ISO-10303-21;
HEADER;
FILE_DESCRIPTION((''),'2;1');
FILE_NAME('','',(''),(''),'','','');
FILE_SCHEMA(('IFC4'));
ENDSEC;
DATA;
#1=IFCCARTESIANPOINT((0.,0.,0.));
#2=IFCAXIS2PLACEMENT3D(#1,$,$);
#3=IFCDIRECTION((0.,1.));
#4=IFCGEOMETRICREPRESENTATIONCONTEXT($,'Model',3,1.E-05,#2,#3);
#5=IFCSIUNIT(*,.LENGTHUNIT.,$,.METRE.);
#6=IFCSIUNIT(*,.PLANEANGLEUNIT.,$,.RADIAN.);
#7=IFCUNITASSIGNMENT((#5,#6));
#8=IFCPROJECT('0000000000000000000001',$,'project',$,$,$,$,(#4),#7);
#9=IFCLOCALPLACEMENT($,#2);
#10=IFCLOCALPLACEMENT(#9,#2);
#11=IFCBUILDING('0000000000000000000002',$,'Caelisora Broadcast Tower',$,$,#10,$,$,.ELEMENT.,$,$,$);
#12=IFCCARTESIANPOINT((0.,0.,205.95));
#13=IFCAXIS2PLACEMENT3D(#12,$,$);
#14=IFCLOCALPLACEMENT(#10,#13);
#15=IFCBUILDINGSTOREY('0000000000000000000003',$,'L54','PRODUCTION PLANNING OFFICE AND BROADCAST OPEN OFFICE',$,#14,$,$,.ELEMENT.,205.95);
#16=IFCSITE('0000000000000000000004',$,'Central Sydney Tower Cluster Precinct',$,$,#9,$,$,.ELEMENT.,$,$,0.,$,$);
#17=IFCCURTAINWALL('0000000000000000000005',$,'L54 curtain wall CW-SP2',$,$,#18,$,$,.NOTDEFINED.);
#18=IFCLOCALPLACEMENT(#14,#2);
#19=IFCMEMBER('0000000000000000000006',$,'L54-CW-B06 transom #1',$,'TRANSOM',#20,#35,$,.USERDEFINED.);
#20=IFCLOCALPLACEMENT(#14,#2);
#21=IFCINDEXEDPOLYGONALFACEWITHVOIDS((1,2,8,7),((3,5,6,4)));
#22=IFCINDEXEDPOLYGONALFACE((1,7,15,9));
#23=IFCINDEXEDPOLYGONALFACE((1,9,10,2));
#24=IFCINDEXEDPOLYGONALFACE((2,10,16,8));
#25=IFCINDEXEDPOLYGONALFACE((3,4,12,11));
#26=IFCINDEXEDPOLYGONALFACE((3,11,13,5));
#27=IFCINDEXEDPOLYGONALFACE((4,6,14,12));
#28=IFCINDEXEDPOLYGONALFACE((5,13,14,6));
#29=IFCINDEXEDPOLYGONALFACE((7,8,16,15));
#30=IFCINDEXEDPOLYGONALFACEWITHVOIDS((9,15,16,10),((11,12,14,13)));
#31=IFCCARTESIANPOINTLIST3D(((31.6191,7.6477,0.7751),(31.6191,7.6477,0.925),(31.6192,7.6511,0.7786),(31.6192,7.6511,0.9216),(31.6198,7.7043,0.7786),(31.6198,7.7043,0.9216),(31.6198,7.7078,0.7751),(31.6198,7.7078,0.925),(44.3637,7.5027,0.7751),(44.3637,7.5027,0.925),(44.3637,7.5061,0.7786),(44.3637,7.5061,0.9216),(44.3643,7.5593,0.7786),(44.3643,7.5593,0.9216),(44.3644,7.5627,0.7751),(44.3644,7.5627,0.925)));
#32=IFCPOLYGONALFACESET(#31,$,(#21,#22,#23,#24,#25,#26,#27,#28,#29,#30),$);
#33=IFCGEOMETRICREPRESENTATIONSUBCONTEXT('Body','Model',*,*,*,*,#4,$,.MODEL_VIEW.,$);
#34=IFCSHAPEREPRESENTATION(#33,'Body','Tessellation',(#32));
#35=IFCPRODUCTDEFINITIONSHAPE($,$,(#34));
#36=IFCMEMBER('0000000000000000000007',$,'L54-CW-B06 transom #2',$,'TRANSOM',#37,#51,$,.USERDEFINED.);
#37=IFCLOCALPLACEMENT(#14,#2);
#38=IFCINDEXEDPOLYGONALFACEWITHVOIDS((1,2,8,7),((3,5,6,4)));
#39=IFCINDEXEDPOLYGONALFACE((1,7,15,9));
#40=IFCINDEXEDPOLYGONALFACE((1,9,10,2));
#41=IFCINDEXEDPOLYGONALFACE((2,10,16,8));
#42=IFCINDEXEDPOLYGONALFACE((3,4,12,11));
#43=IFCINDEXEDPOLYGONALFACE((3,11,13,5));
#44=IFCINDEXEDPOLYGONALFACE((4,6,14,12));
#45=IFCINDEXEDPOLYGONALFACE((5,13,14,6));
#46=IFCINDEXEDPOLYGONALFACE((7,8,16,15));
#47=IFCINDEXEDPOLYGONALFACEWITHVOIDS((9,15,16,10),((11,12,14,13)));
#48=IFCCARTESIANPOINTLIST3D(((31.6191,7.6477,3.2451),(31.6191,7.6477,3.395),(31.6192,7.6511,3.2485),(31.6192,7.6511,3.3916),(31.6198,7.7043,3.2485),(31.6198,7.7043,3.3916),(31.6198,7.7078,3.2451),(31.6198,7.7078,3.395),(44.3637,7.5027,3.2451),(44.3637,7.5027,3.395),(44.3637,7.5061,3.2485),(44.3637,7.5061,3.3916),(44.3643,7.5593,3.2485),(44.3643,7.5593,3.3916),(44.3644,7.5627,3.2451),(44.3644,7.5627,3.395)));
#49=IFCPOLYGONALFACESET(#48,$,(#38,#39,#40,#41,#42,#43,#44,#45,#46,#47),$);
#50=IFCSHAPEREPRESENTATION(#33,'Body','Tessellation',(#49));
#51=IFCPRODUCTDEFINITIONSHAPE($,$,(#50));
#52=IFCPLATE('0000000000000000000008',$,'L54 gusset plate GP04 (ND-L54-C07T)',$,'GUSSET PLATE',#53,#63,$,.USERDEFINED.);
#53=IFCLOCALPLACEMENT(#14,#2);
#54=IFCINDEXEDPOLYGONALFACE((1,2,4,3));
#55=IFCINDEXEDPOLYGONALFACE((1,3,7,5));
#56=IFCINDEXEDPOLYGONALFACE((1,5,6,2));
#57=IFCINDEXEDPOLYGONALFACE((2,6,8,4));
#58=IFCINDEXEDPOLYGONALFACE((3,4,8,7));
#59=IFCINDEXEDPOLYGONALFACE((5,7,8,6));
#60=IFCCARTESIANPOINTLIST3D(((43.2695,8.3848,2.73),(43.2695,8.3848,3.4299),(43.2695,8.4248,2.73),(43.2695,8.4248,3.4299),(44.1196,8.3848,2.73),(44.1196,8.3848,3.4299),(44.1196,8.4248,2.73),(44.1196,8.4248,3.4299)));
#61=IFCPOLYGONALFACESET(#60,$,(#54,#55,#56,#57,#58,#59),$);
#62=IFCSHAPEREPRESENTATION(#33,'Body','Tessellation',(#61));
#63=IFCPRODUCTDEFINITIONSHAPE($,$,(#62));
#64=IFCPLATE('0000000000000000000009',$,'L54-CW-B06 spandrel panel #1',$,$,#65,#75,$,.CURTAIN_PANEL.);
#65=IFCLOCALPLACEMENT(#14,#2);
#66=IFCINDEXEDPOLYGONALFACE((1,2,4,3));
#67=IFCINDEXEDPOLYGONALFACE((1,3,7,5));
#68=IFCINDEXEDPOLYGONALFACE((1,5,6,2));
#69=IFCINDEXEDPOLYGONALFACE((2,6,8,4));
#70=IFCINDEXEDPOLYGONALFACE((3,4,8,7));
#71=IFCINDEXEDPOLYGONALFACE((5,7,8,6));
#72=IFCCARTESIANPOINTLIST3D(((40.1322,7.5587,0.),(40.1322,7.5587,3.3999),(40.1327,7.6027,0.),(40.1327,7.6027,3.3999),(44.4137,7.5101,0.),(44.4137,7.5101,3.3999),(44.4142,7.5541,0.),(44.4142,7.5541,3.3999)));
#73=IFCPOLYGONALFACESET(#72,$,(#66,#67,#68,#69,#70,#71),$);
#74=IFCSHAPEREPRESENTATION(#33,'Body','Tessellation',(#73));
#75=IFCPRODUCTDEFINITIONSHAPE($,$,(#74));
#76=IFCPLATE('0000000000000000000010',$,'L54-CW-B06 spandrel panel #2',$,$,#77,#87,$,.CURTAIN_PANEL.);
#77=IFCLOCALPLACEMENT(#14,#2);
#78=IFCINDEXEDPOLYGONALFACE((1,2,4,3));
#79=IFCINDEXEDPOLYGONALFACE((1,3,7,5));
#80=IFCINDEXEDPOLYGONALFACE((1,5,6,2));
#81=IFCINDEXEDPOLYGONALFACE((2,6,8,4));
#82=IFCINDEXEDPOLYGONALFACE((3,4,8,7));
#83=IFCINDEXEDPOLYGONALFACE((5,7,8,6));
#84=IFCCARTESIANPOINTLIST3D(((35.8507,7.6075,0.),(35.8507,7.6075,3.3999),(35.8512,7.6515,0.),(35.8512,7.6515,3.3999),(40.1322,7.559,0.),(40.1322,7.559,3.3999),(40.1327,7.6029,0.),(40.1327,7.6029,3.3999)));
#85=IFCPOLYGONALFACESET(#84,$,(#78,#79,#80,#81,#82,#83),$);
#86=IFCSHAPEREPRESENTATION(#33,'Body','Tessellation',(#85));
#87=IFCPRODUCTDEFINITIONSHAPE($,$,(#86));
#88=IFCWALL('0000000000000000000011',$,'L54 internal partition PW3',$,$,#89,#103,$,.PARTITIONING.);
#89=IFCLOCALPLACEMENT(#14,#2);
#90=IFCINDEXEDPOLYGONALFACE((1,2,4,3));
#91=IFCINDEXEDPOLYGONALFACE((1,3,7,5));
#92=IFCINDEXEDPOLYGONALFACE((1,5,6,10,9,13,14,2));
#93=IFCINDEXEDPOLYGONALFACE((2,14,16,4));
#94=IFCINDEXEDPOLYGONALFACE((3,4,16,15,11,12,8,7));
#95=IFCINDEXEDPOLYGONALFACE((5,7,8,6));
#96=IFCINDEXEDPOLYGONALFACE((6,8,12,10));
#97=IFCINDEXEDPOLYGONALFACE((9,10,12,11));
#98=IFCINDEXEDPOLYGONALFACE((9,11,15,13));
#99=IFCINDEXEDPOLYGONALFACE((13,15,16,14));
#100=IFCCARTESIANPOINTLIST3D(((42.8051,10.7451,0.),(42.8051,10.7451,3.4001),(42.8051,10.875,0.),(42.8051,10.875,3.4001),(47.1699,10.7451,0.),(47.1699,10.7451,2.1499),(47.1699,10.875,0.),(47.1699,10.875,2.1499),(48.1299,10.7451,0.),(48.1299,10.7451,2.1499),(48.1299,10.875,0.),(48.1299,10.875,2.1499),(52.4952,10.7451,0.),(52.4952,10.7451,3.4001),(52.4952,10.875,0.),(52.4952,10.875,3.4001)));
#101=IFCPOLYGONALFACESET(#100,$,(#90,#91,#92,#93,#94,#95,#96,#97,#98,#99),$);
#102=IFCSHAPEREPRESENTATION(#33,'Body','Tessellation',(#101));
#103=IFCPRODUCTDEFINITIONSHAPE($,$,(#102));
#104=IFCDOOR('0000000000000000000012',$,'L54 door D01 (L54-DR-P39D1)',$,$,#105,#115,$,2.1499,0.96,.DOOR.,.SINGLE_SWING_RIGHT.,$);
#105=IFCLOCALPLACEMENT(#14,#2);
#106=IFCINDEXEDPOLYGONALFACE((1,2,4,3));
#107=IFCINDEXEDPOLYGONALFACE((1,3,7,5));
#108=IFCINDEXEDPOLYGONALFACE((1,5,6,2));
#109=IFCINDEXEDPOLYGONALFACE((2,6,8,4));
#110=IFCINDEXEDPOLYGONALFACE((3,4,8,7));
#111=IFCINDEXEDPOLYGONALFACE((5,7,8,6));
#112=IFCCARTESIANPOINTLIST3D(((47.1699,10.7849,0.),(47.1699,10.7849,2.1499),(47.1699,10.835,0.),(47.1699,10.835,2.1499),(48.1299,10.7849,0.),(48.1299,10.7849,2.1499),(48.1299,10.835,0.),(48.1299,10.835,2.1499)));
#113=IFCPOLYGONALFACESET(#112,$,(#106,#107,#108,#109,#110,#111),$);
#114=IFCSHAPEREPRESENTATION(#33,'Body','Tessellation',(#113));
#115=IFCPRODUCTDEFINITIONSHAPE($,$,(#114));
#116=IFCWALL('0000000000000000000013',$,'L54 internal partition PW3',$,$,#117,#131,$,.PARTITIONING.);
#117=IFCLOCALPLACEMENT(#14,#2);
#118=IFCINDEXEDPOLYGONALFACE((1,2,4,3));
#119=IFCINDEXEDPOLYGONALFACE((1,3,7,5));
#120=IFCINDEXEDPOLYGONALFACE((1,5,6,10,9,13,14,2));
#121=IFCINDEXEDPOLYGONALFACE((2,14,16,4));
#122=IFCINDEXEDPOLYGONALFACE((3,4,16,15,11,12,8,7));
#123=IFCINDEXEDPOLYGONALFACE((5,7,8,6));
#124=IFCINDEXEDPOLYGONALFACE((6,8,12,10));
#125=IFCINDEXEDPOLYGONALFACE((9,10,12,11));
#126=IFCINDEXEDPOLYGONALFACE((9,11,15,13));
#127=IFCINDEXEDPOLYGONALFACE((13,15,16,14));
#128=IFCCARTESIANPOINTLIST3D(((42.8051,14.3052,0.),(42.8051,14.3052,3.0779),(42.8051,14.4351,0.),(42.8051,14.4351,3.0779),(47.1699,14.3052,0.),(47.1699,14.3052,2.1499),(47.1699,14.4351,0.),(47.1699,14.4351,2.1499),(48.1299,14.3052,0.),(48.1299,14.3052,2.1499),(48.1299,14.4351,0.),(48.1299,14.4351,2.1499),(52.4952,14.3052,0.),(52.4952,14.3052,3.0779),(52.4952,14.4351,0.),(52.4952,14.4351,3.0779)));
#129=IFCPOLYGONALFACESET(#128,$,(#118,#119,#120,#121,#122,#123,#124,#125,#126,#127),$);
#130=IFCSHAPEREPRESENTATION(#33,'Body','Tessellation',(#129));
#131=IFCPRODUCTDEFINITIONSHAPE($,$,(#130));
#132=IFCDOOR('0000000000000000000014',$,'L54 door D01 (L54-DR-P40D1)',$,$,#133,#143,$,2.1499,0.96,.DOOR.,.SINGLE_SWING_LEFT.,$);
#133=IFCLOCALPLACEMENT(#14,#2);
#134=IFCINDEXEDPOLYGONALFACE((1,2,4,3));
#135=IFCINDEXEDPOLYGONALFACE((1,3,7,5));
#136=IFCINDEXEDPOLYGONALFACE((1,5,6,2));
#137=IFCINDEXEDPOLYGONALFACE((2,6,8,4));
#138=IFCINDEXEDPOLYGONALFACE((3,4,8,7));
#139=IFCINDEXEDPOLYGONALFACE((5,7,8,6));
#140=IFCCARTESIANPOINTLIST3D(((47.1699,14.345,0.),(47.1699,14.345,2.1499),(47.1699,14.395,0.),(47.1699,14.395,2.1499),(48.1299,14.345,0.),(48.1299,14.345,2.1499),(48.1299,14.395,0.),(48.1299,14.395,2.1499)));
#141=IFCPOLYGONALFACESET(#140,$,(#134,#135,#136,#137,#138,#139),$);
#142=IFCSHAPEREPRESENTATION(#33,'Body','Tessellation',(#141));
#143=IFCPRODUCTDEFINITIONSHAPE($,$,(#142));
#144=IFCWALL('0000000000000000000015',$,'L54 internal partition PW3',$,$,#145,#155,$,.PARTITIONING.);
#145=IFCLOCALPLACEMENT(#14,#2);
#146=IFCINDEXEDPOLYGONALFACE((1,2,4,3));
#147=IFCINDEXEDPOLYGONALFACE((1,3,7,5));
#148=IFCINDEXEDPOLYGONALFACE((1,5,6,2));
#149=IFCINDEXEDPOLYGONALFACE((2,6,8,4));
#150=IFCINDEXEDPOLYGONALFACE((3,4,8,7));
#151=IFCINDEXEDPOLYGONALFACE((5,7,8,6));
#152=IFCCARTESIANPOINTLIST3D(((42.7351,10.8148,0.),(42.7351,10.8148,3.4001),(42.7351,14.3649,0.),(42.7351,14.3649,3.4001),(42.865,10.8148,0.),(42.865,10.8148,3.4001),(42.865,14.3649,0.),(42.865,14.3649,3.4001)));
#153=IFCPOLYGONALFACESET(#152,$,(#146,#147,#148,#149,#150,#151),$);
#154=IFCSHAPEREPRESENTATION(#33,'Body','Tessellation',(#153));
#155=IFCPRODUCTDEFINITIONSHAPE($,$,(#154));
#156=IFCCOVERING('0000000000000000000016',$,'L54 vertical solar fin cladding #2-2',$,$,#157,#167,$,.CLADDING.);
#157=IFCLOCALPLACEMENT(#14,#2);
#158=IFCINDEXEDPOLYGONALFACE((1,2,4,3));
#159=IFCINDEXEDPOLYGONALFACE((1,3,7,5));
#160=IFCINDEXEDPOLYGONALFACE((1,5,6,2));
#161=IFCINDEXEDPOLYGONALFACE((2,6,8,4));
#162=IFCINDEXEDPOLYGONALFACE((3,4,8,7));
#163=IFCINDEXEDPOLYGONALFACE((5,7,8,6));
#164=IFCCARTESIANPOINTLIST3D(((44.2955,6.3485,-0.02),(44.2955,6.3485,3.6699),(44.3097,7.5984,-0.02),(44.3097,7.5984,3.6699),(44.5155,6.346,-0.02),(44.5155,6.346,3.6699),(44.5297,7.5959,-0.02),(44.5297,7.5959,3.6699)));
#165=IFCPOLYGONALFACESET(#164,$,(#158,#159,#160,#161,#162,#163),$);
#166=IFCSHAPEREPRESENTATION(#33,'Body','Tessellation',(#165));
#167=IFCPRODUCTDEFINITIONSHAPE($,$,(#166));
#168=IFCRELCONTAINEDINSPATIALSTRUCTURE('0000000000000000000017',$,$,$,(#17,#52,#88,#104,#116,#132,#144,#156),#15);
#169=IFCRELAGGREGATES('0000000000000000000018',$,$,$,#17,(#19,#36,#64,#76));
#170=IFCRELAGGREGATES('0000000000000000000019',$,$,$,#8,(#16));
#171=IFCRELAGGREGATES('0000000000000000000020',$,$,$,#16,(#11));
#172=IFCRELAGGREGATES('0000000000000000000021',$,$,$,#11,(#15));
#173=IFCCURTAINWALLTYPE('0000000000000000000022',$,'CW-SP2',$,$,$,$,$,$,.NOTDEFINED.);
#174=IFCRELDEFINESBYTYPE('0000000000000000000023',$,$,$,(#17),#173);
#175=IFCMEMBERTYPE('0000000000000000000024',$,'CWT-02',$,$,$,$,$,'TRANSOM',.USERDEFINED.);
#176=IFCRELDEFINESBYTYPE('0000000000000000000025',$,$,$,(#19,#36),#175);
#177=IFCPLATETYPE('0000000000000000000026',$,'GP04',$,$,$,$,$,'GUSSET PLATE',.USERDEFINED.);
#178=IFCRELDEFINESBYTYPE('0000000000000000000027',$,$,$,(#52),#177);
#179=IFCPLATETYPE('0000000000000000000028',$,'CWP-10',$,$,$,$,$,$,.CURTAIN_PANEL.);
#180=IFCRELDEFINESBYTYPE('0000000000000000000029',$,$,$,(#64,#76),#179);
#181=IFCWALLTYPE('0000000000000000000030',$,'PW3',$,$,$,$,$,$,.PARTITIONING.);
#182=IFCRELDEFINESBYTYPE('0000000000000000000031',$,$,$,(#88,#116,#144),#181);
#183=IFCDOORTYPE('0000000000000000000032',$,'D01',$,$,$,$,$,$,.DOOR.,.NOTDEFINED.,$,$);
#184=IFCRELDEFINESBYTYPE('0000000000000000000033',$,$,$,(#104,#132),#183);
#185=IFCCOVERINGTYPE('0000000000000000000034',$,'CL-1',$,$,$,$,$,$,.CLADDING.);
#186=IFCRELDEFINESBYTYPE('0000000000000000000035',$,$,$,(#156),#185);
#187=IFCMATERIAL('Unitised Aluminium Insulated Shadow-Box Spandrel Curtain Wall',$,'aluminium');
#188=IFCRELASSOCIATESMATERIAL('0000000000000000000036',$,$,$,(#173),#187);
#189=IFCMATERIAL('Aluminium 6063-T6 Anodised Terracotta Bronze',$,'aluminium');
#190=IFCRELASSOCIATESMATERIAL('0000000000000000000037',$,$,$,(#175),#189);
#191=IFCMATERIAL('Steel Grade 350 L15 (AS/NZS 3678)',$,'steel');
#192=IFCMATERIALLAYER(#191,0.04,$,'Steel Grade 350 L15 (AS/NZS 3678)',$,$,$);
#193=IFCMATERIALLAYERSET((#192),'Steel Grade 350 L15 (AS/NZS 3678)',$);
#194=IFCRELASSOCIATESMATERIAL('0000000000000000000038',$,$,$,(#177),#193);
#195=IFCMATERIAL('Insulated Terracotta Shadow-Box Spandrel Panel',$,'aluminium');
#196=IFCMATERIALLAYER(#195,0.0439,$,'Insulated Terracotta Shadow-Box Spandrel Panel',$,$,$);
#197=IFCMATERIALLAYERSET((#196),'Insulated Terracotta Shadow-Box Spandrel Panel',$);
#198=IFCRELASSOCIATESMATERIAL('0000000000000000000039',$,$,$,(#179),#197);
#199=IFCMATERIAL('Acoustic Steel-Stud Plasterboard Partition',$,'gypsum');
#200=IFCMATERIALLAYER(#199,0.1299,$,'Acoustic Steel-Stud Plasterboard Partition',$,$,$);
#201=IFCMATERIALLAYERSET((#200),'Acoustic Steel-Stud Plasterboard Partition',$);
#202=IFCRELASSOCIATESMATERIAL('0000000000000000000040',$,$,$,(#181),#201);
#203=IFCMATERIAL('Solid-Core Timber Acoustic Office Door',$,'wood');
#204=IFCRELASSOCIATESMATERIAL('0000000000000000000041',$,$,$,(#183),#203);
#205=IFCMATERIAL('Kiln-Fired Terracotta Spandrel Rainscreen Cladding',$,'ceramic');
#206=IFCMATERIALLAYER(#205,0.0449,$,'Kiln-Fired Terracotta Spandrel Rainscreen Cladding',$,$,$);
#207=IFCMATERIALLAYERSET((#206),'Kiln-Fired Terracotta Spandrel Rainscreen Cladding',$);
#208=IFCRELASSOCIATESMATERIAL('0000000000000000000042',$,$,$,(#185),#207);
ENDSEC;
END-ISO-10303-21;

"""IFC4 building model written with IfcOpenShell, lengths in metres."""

from ifc_helpers import new_model, si_unit, direction, frame, frame_2d, origin, origin_2d, place, context, subcontext, project, spatial, rectangle, hollow_rectangle, extrude, source, transform, mapped, material, layer, layer_set, material_profile, profile_set, type_object, type_shapes, element, fill, aggregate, save


model = new_model("IFC4")

# Units and contexts
model_context = context("Model", 3, precision=1e-05, world=origin(), true_north=direction((0.0, 1.0)))
body_context = subcontext(model_context, "Body", "Model", "MODEL_VIEW")
ifc_project = project(units=[si_unit("LENGTHUNIT", "METRE"), si_unit("PLANEANGLEUNIT", "RADIAN")], contexts=[model_context])

# Site, building, storey
site_placement = place(None, origin())
site = spatial("IfcSite", under=ifc_project, at=site_placement, Name="Central Sydney Tower Cluster Precinct", CompositionType="ELEMENT", RefElevation=0.0)
building_placement = place(site_placement, origin())
building = spatial("IfcBuilding", under=site, at=building_placement, Name="Caelisora Broadcast Tower", CompositionType="ELEMENT")
storey_placement = place(building_placement, frame((0.0, 0.0, 205.95)))
storey = spatial("IfcBuildingStorey", under=building, at=storey_placement, Name="L54", Description="PRODUCTION PLANNING OFFICE AND BROADCAST OPEN OFFICE", CompositionType="ELEMENT", Elevation=205.95)

# Shared definitions
ifc_material_1 = material(Name="Steel Grade 350 L15 (AS/NZS 3678)", Category="steel")

# Shared definitions
ifc_material_2 = material(Name="Aluminium 6063-T6 Anodised Terracotta Bronze", Category="aluminium")

# Curtain wall, members
ifc_material_3 = material(Name="Unitised Aluminium Insulated Shadow-Box Spandrel Curtain Wall", Category="aluminium")
curtain_wall_type_1 = type_object("IfcCurtainWallType", Name="CW-SP2", PredefinedType="NOTDEFINED", material=ifc_material_3)
curtain_wall_1_placement = place(storey_placement, origin())
curtain_wall_1 = element("IfcCurtainWall", 1, at=curtain_wall_1_placement, inside=storey, type_object=curtain_wall_type_1, Name="L54 curtain wall CW-SP2", PredefinedType="NOTDEFINED")
ifc_material_profile_1 = material_profile(ifc_material_2, hollow_rectangle(XDim=0.0601, YDim=0.1499, WallThickness=0.0034, at=origin_2d()), Name="Aluminium 6063-T6 Anodised Terracotta Bronze")
ifc_profile_set_1 = profile_set([ifc_material_profile_1], Name="Aluminium 6063-T6 Anodised Terracotta Bronze")
member_type_1 = type_object("IfcMemberType", Name="CWT-02", ElementType="TRANSOM", PredefinedType="USERDEFINED", material=ifc_profile_set_1)
shared_shape_1 = source(origin(), body_context, "Body", "SweptSolid", [
    extrude(hollow_rectangle(XDim=0.0601, YDim=0.1499, WallThickness=0.0034, at=origin_2d()), origin(), (0.0, 0.0, 1.0), 12.7454),
])
type_shapes(member_type_1, [shared_shape_1])
member_1_placement = place(storey_placement, frame((44.364, 7.5327, 0.8501), z_axis=(-0.999935, 0.011378, 0.0), x_axis=(-0.011378, -0.999935, 0.0)))
member_1 = element("IfcMember", 2, at=member_1_placement, type_object=member_type_1, Name="L54-CW-B06 transom #1", ObjectType="TRANSOM", PredefinedType="USERDEFINED", context=body_context, shape_type="MappedRepresentation", body=[
    mapped(shared_shape_1, transform((0.0, 0.0, 0.0), scale=1.0)),
])
member_2_placement = place(storey_placement, frame((44.364, 7.5327, 3.3201), z_axis=(-0.999935, 0.011378, 0.0), x_axis=(-0.011378, -0.999935, 0.0)))
member_2 = element("IfcMember", 3, at=member_2_placement, type_object=member_type_1, Name="L54-CW-B06 transom #2", ObjectType="TRANSOM", PredefinedType="USERDEFINED", context=body_context, shape_type="MappedRepresentation", body=[
    mapped(shared_shape_1, transform((0.0, 0.0, 0.0), scale=1.0)),
])

# Plates
ifc_layer_1 = layer(ifc_material_1, 0.04, Name="Steel Grade 350 L15 (AS/NZS 3678)")
ifc_layer_set_1 = layer_set([ifc_layer_1], Name="Steel Grade 350 L15 (AS/NZS 3678)")
plate_type_1 = type_object("IfcPlateType", Name="GP04", ElementType="GUSSET PLATE", PredefinedType="USERDEFINED", material=ifc_layer_set_1)
shared_shape_2 = source(origin(), body_context, "Body", "SweptSolid", [
    extrude(rectangle(XDim=0.8501, YDim=0.04, at=origin_2d()), origin(), (0.0, 0.0, 1.0), 0.7),
])
type_shapes(plate_type_1, [shared_shape_2])
plate_1_placement = place(storey_placement, frame((43.6946, 8.4048, 2.73), z_axis=(0.0, 0.0, 1.0), x_axis=(1.0, 0.0, 0.0)))
element("IfcPlate", 4, at=plate_1_placement, inside=storey, type_object=plate_type_1, Name="L54 gusset plate GP04 (ND-L54-C07T)", ObjectType="GUSSET PLATE", PredefinedType="USERDEFINED", context=body_context, shape_type="MappedRepresentation", body=[
    mapped(shared_shape_2, transform((0.0, 0.0, 0.0), scale=1.0)),
])
ifc_material_4 = material(Name="Insulated Terracotta Shadow-Box Spandrel Panel", Category="aluminium")
ifc_layer_2 = layer(ifc_material_4, 0.0439, Name="Insulated Terracotta Shadow-Box Spandrel Panel")
ifc_layer_set_2 = layer_set([ifc_layer_2], Name="Insulated Terracotta Shadow-Box Spandrel Panel")
plate_type_2 = type_object("IfcPlateType", Name="CWP-10", PredefinedType="CURTAIN_PANEL", material=ifc_layer_set_2)
shared_shape_3 = source(origin(), body_context, "Body", "SweptSolid", [
    extrude(rectangle(XDim=4.2817, YDim=0.0439, at=origin_2d()), origin(), (0.0, 0.0, 1.0), 3.3999),
])
type_shapes(plate_type_2, [shared_shape_3])
plate_2_placement = place(storey_placement, frame((42.2732, 7.5564, 0.0), z_axis=(0.0, 0.0, 1.0), x_axis=(-0.999936, 0.011344, 0.0)))
plate_2 = element("IfcPlate", 5, at=plate_2_placement, type_object=plate_type_2, Name="L54-CW-B06 spandrel panel #1", PredefinedType="CURTAIN_PANEL", context=body_context, shape_type="MappedRepresentation", body=[
    mapped(shared_shape_3, transform((0.0, 0.0, 0.0), scale=1.0)),
])
plate_3_placement = place(storey_placement, frame((37.9917, 7.6052, 0.0), z_axis=(0.0, 0.0, 1.0), x_axis=(-0.999936, 0.011344, 0.0)))
plate_3 = element("IfcPlate", 6, at=plate_3_placement, type_object=plate_type_2, Name="L54-CW-B06 spandrel panel #2", PredefinedType="CURTAIN_PANEL", context=body_context, shape_type="MappedRepresentation", body=[
    mapped(shared_shape_3, transform((0.0, 0.0, 0.0), scale=1.0)),
])
aggregate(curtain_wall_1, [member_1, member_2, plate_2, plate_3])

# Walls, openings, doors
ifc_material_5 = material(Name="Acoustic Steel-Stud Plasterboard Partition", Category="gypsum")
ifc_layer_3 = layer(ifc_material_5, 0.1299, Name="Acoustic Steel-Stud Plasterboard Partition")
ifc_layer_set_3 = layer_set([ifc_layer_3], Name="Acoustic Steel-Stud Plasterboard Partition")
wall_type = type_object("IfcWallType", Name="PW3", PredefinedType="PARTITIONING", material=ifc_layer_set_3)
wall_1_placement = place(storey_placement, frame((42.8049, 10.8101, 0.0), z_axis=(0.0, 0.0, 1.0), x_axis=(1.0, 0.0, 0.0)))
wall_1 = element("IfcWall", 7, at=wall_1_placement, inside=storey, type_object=wall_type, Name="L54 internal partition PW3", PredefinedType="PARTITIONING", context=body_context, shape_type="SweptSolid", body=[
    extrude(rectangle(XDim=9.6902, YDim=0.1299, at=frame_2d((4.8452, 0.0))), origin(), (0.0, 0.0, 1.0), 3.4001),
])
opening_1_placement = place(wall_1_placement, frame((4.365, 0.0, 0.0)))
opening_1 = element("IfcOpeningElement", 8, at=opening_1_placement, cuts=wall_1, PredefinedType="OPENING", context=body_context, shape_type="SweptSolid", body=[
    extrude(rectangle(XDim=0.96, YDim=2.1499, at=frame_2d((0.48, 1.075))), frame((0.0, 0.0769, 0.0), z_axis=(0.0, -1.0, 0.0), x_axis=(1.0, 0.0, 0.0)), (0.0, 0.0, 1.0), 0.1538),
])
ifc_material_6 = material(Name="Solid-Core Timber Acoustic Office Door", Category="wood")
door_type = type_object("IfcDoorType", Name="D01", OperationType="NOTDEFINED", PredefinedType="DOOR", material=ifc_material_6)
door_1_placement = place(opening_1_placement, origin())
door_1 = element("IfcDoor", 9, at=door_1_placement, inside=storey, type_object=door_type, Name="L54 door D01 (L54-DR-P39D1)", OperationType="SINGLE_SWING_RIGHT", OverallHeight=2.1499, OverallWidth=0.96, PredefinedType="DOOR", context=body_context, shape_type="SweptSolid", body=[
    extrude(rectangle(XDim=0.96, YDim=2.1499, at=frame_2d((0.48, 1.075))), frame((0.0, 0.0249, 0.0), z_axis=(0.0, -1.0, 0.0), x_axis=(1.0, 0.0, 0.0)), (0.0, 0.0, 1.0), 0.05),
])
fill(opening_1, door_1)
wall_2_placement = place(storey_placement, frame((42.8049, 14.3701, 0.0), z_axis=(0.0, 0.0, 1.0), x_axis=(1.0, 0.0, 0.0)))
wall_2 = element("IfcWall", 10, at=wall_2_placement, inside=storey, type_object=wall_type, Name="L54 internal partition PW3", PredefinedType="PARTITIONING", context=body_context, shape_type="SweptSolid", body=[
    extrude(rectangle(XDim=9.6902, YDim=0.1299, at=frame_2d((4.8452, 0.0))), origin(), (0.0, 0.0, 1.0), 3.0779),
])
opening_2_placement = place(wall_2_placement, frame((4.365, 0.0, 0.0)))
opening_2 = element("IfcOpeningElement", 11, at=opening_2_placement, cuts=wall_2, PredefinedType="OPENING", context=body_context, shape_type="SweptSolid", body=[
    extrude(rectangle(XDim=0.96, YDim=2.1499, at=frame_2d((0.48, 1.075))), frame((0.0, 0.0769, 0.0), z_axis=(0.0, -1.0, 0.0), x_axis=(1.0, 0.0, 0.0)), (0.0, 0.0, 1.0), 0.1538),
])
door_2_placement = place(opening_2_placement, origin())
door_2 = element("IfcDoor", 12, at=door_2_placement, inside=storey, type_object=door_type, Name="L54 door D01 (L54-DR-P40D1)", OperationType="SINGLE_SWING_LEFT", OverallHeight=2.1499, OverallWidth=0.96, PredefinedType="DOOR", context=body_context, shape_type="SweptSolid", body=[
    extrude(rectangle(XDim=0.96, YDim=2.1499, at=frame_2d((0.48, 1.075))), frame((0.0, 0.0249, 0.0), z_axis=(0.0, -1.0, 0.0), x_axis=(1.0, 0.0, 0.0)), (0.0, 0.0, 1.0), 0.05),
])
fill(opening_2, door_2)

# Wall
wall_3_placement = place(storey_placement, frame((42.8, 10.8149, 0.0), z_axis=(0.0, 0.0, 1.0), x_axis=(0.0, 1.0, 0.0)))
element("IfcWall", 13, at=wall_3_placement, inside=storey, type_object=wall_type, Name="L54 internal partition PW3", PredefinedType="PARTITIONING", context=body_context, shape_type="SweptSolid", body=[
    extrude(rectangle(XDim=3.55, YDim=0.1299, at=frame_2d((1.7749, 0.0))), origin(), (0.0, 0.0, 1.0), 3.4001),
])

# Covering
ifc_material_7 = material(Name="Kiln-Fired Terracotta Spandrel Rainscreen Cladding", Category="ceramic")
ifc_layer_4 = layer(ifc_material_7, 0.0449, Name="Kiln-Fired Terracotta Spandrel Rainscreen Cladding")
ifc_layer_set_4 = layer_set([ifc_layer_4], Name="Kiln-Fired Terracotta Spandrel Rainscreen Cladding")
covering_type = type_object("IfcCoveringType", Name="CL-1", PredefinedType="CLADDING", material=ifc_layer_set_4)
shared_shape_4 = source(origin(), body_context, "Body", "SweptSolid", [
    extrude(rectangle(XDim=0.22, YDim=1.25, at=origin_2d()), origin(), (0.0, 0.0, 1.0), 3.6899),
])
covering_1_placement = place(storey_placement, frame((44.4126, 6.9722, -0.02), z_axis=(0.0, 0.0, 1.0), x_axis=(-0.999936, 0.011344, 0.0)))
element("IfcCovering", 14, at=covering_1_placement, inside=storey, type_object=covering_type, Name="L54 vertical solar fin cladding #2-2", PredefinedType="CLADDING", context=body_context, shape_type="MappedRepresentation", body=[
    mapped(shared_shape_4, transform((0.0, 0.0, 0.0), scale=1.0)),
])

save(model, "model.ifc")
